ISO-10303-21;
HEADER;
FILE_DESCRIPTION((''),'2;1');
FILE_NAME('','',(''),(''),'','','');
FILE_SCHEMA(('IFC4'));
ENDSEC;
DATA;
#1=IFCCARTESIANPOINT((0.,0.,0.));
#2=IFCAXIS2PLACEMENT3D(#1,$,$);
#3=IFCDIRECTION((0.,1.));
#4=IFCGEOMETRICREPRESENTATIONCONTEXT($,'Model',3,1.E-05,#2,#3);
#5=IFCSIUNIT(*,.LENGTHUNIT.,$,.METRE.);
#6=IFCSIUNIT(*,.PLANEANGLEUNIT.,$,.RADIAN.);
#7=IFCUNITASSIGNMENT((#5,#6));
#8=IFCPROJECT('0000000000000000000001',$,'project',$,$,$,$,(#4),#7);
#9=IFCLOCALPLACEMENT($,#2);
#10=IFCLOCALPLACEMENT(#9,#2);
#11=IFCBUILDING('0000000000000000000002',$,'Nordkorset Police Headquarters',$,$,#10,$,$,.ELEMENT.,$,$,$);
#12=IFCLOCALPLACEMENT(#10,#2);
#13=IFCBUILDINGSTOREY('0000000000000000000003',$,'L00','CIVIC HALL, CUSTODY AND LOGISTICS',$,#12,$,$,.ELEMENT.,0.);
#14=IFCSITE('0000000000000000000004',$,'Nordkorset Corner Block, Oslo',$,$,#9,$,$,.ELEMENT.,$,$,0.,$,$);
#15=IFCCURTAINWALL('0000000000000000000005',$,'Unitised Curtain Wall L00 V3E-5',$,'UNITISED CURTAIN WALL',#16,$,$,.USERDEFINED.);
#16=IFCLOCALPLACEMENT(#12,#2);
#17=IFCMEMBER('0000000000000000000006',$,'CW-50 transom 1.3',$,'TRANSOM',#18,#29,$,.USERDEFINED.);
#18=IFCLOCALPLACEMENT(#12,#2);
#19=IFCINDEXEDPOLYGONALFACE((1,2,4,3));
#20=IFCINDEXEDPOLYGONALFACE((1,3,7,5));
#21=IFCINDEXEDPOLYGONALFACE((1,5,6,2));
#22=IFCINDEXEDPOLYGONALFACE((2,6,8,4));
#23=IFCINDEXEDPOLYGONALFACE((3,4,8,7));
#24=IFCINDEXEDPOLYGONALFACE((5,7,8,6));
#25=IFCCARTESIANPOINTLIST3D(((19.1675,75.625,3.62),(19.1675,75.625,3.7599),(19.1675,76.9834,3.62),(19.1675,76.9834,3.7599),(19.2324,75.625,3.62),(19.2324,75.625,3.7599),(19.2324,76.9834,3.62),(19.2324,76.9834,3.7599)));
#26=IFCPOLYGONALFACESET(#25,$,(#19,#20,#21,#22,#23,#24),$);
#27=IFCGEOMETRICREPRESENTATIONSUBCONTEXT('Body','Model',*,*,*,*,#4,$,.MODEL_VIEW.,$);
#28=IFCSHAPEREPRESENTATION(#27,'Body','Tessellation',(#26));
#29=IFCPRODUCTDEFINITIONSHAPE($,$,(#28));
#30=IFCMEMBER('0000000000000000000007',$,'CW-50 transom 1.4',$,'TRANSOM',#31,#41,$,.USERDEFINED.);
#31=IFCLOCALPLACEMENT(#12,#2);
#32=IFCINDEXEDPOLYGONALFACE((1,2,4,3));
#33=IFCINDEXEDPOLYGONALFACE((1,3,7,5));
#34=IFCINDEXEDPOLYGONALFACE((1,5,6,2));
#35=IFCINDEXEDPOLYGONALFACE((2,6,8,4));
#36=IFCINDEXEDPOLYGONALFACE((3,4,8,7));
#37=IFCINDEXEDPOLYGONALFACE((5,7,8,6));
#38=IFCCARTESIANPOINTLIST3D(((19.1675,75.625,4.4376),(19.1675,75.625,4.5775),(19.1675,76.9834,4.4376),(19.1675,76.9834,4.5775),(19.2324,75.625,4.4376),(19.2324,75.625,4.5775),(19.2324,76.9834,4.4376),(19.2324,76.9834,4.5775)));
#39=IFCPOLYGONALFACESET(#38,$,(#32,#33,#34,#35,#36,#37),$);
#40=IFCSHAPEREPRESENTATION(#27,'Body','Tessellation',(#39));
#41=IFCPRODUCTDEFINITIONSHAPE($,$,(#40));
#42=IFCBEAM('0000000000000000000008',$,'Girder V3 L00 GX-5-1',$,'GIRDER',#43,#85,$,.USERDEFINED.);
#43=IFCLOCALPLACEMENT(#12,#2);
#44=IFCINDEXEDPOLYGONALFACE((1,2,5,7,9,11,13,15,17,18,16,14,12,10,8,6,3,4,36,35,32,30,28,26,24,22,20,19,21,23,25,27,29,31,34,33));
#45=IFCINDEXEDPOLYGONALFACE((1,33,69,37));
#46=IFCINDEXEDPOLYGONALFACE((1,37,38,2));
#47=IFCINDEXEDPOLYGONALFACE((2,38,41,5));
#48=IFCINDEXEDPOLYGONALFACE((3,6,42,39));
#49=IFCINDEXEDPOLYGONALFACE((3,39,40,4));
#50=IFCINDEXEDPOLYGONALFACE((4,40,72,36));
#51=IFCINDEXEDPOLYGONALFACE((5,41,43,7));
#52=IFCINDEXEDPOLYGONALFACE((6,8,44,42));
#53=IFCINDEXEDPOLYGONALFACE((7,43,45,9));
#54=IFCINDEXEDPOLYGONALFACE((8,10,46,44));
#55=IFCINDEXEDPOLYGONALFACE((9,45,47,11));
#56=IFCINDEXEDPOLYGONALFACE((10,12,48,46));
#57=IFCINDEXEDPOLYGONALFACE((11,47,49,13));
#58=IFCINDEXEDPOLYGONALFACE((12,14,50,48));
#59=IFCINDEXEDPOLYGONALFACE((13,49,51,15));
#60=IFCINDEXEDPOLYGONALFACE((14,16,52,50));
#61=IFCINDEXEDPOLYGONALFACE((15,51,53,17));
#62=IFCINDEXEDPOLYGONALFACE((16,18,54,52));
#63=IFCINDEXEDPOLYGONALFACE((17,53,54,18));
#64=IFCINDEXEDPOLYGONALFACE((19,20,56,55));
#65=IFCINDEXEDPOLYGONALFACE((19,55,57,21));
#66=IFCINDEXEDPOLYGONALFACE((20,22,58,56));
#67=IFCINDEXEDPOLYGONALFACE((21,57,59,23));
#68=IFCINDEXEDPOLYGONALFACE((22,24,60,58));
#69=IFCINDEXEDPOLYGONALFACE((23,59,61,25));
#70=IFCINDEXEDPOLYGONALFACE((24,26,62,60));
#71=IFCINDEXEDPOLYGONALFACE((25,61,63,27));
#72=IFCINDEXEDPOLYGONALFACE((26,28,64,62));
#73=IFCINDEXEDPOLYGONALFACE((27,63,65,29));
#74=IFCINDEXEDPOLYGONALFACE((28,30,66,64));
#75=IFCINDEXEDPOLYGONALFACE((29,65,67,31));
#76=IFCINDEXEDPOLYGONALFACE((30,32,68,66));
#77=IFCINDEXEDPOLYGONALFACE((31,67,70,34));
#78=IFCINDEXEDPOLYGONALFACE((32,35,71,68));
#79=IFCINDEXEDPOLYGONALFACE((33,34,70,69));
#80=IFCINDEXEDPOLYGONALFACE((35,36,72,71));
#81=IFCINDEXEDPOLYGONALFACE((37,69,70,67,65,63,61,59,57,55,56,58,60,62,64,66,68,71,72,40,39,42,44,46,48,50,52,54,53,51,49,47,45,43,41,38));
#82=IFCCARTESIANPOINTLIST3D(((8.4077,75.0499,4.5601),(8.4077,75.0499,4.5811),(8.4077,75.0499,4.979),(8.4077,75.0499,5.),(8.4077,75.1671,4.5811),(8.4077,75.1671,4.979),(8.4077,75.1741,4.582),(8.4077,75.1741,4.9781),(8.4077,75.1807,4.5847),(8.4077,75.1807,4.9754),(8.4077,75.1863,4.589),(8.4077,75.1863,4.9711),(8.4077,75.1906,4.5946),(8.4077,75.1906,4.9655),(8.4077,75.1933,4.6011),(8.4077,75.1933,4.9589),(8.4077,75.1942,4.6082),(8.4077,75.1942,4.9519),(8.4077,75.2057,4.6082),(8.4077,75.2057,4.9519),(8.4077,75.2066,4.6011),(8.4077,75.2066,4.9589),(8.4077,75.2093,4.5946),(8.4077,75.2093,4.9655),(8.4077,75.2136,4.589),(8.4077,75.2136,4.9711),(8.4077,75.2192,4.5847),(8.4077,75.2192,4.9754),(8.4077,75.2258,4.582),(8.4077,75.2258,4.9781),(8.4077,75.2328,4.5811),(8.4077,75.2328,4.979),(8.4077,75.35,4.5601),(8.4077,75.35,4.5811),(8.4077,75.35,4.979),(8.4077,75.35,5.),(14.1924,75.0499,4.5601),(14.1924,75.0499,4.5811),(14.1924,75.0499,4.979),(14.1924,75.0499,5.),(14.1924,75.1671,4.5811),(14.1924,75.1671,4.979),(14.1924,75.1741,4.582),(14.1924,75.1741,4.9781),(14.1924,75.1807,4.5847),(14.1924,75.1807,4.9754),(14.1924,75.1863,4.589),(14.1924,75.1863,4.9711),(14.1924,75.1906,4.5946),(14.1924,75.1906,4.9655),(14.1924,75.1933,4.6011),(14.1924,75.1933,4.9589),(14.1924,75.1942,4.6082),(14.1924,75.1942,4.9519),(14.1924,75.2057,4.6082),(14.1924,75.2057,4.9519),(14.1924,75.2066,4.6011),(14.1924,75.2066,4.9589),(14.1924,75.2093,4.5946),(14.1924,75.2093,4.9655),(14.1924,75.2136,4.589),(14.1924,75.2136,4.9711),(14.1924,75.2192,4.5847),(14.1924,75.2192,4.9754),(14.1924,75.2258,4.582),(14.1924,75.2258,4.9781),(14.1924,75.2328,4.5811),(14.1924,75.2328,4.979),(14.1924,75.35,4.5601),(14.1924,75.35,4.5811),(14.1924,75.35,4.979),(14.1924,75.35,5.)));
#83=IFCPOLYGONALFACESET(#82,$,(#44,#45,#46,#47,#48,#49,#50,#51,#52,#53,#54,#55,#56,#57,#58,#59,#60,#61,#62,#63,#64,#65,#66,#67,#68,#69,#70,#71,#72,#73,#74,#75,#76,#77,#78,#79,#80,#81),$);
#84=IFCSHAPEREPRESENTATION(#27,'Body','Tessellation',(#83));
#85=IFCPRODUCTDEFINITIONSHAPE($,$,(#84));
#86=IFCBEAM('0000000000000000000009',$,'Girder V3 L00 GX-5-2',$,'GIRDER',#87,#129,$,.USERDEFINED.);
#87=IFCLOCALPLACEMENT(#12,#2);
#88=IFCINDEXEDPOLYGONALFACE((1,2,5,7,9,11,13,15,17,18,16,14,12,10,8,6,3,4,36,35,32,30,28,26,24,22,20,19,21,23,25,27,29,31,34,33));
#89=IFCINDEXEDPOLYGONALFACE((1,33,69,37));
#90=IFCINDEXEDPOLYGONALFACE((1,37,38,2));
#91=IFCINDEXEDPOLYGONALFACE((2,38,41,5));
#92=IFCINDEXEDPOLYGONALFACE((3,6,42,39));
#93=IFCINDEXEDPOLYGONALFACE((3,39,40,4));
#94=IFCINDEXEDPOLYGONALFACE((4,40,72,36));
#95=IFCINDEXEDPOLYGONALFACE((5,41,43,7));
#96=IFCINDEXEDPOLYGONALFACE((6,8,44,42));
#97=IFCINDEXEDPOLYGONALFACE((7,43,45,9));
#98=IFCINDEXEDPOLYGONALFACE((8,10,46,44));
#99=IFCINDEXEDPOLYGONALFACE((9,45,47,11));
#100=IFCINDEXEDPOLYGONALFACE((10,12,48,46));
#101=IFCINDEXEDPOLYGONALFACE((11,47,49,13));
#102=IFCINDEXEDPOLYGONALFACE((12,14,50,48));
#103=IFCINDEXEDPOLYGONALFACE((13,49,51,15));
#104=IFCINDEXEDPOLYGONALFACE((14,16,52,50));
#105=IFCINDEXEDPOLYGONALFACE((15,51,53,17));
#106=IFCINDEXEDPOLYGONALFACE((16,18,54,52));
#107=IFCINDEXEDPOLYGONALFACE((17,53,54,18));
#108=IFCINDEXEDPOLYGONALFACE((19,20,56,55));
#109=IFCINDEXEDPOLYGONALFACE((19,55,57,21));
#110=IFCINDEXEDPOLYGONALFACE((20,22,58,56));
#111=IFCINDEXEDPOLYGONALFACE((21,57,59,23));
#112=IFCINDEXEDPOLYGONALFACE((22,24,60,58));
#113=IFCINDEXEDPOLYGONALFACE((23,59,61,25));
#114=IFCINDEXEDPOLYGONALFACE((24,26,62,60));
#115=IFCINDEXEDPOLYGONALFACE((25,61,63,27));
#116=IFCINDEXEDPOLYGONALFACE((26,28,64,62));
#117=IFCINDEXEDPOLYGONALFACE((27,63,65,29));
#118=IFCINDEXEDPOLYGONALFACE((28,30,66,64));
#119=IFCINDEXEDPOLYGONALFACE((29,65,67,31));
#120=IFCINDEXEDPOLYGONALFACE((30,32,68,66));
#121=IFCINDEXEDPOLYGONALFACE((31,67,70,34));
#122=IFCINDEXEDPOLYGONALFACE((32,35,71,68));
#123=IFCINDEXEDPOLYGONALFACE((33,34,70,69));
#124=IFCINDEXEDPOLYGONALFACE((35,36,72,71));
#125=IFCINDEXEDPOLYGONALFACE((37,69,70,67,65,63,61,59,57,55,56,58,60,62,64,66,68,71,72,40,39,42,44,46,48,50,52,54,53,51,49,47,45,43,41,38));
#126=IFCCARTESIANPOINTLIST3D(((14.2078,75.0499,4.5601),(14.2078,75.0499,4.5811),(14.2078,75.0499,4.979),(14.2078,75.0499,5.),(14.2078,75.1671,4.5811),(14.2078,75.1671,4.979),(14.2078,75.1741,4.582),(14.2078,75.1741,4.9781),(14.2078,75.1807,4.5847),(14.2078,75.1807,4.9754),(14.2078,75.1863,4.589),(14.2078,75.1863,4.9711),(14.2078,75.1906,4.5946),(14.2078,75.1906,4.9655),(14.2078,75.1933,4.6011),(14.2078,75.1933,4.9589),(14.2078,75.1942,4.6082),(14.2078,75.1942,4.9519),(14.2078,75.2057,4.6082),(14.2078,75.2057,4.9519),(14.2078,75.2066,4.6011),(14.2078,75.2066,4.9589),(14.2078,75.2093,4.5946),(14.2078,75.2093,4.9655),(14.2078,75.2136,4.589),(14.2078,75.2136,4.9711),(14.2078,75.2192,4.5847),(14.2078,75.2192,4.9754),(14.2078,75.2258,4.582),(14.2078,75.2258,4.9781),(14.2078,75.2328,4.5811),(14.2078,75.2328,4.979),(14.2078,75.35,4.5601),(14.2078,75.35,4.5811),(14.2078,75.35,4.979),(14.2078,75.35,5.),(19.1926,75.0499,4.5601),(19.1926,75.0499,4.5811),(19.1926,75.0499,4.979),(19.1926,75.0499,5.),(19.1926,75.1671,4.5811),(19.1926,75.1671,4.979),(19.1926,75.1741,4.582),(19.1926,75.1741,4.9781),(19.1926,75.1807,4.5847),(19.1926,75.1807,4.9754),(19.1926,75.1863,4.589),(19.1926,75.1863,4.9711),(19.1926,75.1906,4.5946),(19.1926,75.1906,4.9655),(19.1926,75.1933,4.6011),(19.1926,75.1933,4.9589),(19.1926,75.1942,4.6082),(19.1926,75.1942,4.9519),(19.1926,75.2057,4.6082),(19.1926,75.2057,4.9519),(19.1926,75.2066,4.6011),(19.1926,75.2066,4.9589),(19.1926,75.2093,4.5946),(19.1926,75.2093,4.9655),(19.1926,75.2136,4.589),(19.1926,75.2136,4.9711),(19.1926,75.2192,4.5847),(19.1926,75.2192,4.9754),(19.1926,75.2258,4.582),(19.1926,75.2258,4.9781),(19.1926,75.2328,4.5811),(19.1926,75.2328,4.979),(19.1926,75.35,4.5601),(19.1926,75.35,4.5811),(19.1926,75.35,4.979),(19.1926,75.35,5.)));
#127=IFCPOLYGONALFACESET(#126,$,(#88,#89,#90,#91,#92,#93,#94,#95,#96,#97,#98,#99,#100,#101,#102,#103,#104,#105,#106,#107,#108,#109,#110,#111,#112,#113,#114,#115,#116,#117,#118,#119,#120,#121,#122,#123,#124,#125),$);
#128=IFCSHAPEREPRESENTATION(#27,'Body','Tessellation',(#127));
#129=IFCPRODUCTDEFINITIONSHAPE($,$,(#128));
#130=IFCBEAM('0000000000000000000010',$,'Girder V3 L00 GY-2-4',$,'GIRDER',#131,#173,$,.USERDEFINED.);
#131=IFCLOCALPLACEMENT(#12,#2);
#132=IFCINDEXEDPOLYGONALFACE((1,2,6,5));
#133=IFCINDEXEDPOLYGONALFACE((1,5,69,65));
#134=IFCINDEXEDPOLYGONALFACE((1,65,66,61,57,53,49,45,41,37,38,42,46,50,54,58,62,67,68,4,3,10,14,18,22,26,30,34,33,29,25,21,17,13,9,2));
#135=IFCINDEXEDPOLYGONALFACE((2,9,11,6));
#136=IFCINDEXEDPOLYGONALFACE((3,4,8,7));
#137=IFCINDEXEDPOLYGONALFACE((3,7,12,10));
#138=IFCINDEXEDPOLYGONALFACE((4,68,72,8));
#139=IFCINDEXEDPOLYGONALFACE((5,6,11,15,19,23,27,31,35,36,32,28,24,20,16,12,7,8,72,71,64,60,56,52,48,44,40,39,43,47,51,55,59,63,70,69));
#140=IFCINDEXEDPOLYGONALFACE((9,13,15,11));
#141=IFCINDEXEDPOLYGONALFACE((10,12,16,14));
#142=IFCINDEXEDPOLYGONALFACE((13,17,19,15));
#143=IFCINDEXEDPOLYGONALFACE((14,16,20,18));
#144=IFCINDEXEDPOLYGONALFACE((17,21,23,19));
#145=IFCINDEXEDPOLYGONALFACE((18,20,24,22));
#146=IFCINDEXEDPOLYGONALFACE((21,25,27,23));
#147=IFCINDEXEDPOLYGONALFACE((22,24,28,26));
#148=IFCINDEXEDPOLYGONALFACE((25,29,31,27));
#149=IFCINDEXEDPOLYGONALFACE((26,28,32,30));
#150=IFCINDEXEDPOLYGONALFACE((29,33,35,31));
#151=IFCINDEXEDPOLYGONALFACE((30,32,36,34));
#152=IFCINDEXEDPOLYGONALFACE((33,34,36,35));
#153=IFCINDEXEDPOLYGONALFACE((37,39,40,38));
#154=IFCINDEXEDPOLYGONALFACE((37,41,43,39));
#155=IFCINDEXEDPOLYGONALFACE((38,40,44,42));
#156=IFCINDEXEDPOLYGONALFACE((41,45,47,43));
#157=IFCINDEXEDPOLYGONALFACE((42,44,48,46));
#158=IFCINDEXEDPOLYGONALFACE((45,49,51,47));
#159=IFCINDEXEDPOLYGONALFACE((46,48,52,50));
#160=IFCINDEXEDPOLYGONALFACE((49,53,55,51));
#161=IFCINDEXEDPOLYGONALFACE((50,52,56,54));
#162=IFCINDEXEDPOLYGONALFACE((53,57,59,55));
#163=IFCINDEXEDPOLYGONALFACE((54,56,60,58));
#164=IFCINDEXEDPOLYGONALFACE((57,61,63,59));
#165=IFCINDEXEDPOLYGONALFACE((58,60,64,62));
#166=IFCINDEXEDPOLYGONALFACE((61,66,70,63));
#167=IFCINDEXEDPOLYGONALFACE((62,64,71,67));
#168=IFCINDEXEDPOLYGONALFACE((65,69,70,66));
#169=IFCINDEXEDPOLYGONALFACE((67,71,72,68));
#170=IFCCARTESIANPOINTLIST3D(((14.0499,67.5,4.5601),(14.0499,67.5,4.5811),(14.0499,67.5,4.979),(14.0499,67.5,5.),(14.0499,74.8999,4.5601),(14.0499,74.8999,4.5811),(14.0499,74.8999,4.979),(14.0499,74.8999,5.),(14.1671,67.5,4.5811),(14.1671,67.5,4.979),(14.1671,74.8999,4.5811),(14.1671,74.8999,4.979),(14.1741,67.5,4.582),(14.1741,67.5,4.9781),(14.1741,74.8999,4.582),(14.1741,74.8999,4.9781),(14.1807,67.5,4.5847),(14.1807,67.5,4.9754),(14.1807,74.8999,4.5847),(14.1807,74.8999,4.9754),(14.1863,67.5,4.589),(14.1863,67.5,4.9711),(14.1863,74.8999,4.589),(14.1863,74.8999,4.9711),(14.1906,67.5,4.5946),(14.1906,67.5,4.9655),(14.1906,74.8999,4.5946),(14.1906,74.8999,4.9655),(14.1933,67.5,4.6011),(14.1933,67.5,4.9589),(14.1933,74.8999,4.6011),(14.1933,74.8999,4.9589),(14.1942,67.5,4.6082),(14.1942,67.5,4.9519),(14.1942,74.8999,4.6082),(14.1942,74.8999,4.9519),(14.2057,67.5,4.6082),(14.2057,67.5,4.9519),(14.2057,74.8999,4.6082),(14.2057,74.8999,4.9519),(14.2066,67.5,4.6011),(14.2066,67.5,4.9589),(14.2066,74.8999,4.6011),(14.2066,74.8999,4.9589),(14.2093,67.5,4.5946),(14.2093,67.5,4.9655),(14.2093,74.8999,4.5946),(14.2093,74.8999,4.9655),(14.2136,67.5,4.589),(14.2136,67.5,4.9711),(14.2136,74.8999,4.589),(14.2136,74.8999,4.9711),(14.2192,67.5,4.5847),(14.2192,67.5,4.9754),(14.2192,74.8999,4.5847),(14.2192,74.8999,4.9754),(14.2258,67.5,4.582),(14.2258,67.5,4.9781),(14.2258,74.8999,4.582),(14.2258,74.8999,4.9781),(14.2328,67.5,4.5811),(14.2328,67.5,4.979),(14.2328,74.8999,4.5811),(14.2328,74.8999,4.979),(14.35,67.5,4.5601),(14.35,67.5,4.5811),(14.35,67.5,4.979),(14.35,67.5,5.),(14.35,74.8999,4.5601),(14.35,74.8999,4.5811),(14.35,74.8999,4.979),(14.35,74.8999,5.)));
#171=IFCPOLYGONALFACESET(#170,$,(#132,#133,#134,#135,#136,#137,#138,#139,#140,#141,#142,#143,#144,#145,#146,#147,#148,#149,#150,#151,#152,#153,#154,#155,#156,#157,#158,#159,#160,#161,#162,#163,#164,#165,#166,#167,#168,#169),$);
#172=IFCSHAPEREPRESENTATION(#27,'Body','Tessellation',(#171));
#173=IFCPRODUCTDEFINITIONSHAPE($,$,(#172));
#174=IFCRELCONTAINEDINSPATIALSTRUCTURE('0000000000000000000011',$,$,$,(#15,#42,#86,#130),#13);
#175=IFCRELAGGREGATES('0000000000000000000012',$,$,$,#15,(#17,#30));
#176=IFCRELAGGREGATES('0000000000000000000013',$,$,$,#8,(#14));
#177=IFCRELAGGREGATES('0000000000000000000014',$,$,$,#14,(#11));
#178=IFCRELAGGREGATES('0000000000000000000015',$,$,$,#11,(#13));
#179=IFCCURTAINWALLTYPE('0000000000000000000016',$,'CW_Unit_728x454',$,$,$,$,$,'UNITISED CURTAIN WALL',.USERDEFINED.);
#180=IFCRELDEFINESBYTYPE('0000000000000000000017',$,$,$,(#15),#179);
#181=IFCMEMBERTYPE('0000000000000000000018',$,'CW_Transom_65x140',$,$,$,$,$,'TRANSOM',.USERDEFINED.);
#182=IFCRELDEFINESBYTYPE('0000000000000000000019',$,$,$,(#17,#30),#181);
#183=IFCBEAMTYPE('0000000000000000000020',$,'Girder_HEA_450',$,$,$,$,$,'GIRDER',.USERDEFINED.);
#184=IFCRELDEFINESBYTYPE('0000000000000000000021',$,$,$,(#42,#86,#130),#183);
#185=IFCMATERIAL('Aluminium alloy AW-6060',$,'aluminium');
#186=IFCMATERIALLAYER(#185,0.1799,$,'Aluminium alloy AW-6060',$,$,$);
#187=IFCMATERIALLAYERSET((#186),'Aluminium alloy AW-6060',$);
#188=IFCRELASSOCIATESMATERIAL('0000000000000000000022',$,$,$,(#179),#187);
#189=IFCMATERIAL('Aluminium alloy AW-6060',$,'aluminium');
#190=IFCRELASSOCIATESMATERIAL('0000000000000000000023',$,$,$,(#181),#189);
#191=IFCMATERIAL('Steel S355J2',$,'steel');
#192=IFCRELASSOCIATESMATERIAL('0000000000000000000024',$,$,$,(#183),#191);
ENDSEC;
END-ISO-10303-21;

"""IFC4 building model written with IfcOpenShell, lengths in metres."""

from ifc_helpers import new_model, si_unit, direction, frame, origin, origin_2d, place, context, subcontext, project, spatial, rectangle, i_section, extrude, material, layer, layer_set, material_profile, profile_set, type_object, element, aggregate, save


model = new_model("IFC4")

# Units and contexts
model_context = context("Model", 3, precision=1e-05, world=origin(), true_north=direction((0.0, 1.0)))
body_context = subcontext(model_context, "Body", "Model", "MODEL_VIEW")
ifc_project = project(units=[si_unit("LENGTHUNIT", "METRE"), si_unit("PLANEANGLEUNIT", "RADIAN")], contexts=[model_context])

# Site, building, storey
site_placement = place(None, origin())
site = spatial("IfcSite", under=ifc_project, at=site_placement, Name="Nordkorset Corner Block, Oslo", CompositionType="ELEMENT", RefElevation=0.0)
building_placement = place(site_placement, origin())
building = spatial("IfcBuilding", under=site, at=building_placement, Name="Nordkorset Police Headquarters", CompositionType="ELEMENT")
storey_placement = place(building_placement, origin())
storey = spatial("IfcBuildingStorey", under=building, at=storey_placement, Name="L00", Description="CIVIC HALL, CUSTODY AND LOGISTICS", CompositionType="ELEMENT", Elevation=0.0)

# Curtain wall, members
ifc_material_1 = material(Name="Aluminium alloy AW-6060", Category="aluminium")
ifc_layer_1 = layer(ifc_material_1, 0.1799, Name="Aluminium alloy AW-6060")
ifc_layer_set_1 = layer_set([ifc_layer_1], Name="Aluminium alloy AW-6060")
curtain_wall_type = type_object("IfcCurtainWallType", Name="CW_Unit_728x454", ElementType="UNITISED CURTAIN WALL", PredefinedType="USERDEFINED", material=ifc_layer_set_1)
curtain_wall_placement = place(storey_placement, origin())
curtain_wall = element("IfcCurtainWall", 1, at=curtain_wall_placement, inside=storey, type_object=curtain_wall_type, Name="Unitised Curtain Wall L00 V3E-5", ObjectType="UNITISED CURTAIN WALL", PredefinedType="USERDEFINED")
ifc_material_2 = material(Name="Aluminium alloy AW-6060", Category="aluminium")
ifc_material_profile_1 = material_profile(ifc_material_2, rectangle(XDim=0.0649, YDim=0.1399, at=origin_2d()), Name="ALU TRAN 65x140")
ifc_profile_set_1 = profile_set([ifc_material_profile_1], Name="Aluminium alloy AW-6060")
member_type_1 = type_object("IfcMemberType", Name="CW_Transom_65x140", ElementType="TRANSOM", PredefinedType="USERDEFINED", material=ifc_profile_set_1)
member_1_placement = place(storey_placement, frame((19.2, 75.625, 3.6899), z_axis=(0.0, 1.0, 0.0), x_axis=(-1.0, 0.0, 0.0)))
member_1 = element("IfcMember", 2, at=member_1_placement, type_object=member_type_1, Name="CW-50 transom 1.3", ObjectType="TRANSOM", PredefinedType="USERDEFINED", context=body_context, shape_type="SweptSolid", body=[
    extrude(rectangle(XDim=0.0649, YDim=0.1399, at=origin_2d()), origin(), (0.0, 0.0, 1.0), 1.3584),
])
member_2_placement = place(storey_placement, frame((19.2, 75.625, 4.5076), z_axis=(0.0, 1.0, 0.0), x_axis=(-1.0, 0.0, 0.0)))
member_2 = element("IfcMember", 3, at=member_2_placement, type_object=member_type_1, Name="CW-50 transom 1.4", ObjectType="TRANSOM", PredefinedType="USERDEFINED", context=body_context, shape_type="SweptSolid", body=[
    extrude(rectangle(XDim=0.0649, YDim=0.1399, at=origin_2d()), origin(), (0.0, 0.0, 1.0), 1.3584),
])
aggregate(curtain_wall, [member_1, member_2])

# Beams
ifc_material_3 = material(Name="Steel S355J2", Category="steel")
ifc_material_profile_2 = material_profile(ifc_material_3, i_section(OverallWidth=0.3, OverallDepth=0.4399, WebThickness=0.0115, FlangeThickness=0.021, FilletRadius=0.0271, at=origin_2d()), Name="HEA 450")
ifc_profile_set_2 = profile_set([ifc_material_profile_2], Name="Steel S355J2")
beam_type_1 = type_object("IfcBeamType", Name="Girder_HEA_450", ElementType="GIRDER", PredefinedType="USERDEFINED", material=ifc_profile_set_2)
beam_1_placement = place(storey_placement, frame((8.4077, 75.2, 4.78), z_axis=(1.0, 0.0, 0.0), x_axis=(0.0, 1.0, 0.0)))
element("IfcBeam", 4, at=beam_1_placement, inside=storey, type_object=beam_type_1, Name="Girder V3 L00 GX-5-1", ObjectType="GIRDER", PredefinedType="USERDEFINED", context=body_context, shape_type="SweptSolid", body=[
    extrude(i_section(OverallWidth=0.3, OverallDepth=0.4399, WebThickness=0.0115, FlangeThickness=0.021, FilletRadius=0.0271, at=origin_2d()), origin(), (0.0, 0.0, 1.0), 5.7847),
])
beam_2_placement = place(storey_placement, frame((14.2078, 75.2, 4.78), z_axis=(1.0, 0.0, 0.0), x_axis=(0.0, 1.0, 0.0)))
element("IfcBeam", 5, at=beam_2_placement, inside=storey, type_object=beam_type_1, Name="Girder V3 L00 GX-5-2", ObjectType="GIRDER", PredefinedType="USERDEFINED", context=body_context, shape_type="SweptSolid", body=[
    extrude(i_section(OverallWidth=0.3, OverallDepth=0.4399, WebThickness=0.0115, FlangeThickness=0.021, FilletRadius=0.0271, at=origin_2d()), origin(), (0.0, 0.0, 1.0), 4.9849),
])
beam_3_placement = place(storey_placement, frame((14.2, 67.5, 4.78), z_axis=(0.0, 1.0, 0.0), x_axis=(-1.0, 0.0, 0.0)))
element("IfcBeam", 6, at=beam_3_placement, inside=storey, type_object=beam_type_1, Name="Girder V3 L00 GY-2-4", ObjectType="GIRDER", PredefinedType="USERDEFINED", context=body_context, shape_type="SweptSolid", body=[
    extrude(i_section(OverallWidth=0.3, OverallDepth=0.4399, WebThickness=0.0115, FlangeThickness=0.021, FilletRadius=0.0271, at=origin_2d()), origin(), (0.0, 0.0, 1.0), 7.3999),
])

save(model, "model.ifc")
